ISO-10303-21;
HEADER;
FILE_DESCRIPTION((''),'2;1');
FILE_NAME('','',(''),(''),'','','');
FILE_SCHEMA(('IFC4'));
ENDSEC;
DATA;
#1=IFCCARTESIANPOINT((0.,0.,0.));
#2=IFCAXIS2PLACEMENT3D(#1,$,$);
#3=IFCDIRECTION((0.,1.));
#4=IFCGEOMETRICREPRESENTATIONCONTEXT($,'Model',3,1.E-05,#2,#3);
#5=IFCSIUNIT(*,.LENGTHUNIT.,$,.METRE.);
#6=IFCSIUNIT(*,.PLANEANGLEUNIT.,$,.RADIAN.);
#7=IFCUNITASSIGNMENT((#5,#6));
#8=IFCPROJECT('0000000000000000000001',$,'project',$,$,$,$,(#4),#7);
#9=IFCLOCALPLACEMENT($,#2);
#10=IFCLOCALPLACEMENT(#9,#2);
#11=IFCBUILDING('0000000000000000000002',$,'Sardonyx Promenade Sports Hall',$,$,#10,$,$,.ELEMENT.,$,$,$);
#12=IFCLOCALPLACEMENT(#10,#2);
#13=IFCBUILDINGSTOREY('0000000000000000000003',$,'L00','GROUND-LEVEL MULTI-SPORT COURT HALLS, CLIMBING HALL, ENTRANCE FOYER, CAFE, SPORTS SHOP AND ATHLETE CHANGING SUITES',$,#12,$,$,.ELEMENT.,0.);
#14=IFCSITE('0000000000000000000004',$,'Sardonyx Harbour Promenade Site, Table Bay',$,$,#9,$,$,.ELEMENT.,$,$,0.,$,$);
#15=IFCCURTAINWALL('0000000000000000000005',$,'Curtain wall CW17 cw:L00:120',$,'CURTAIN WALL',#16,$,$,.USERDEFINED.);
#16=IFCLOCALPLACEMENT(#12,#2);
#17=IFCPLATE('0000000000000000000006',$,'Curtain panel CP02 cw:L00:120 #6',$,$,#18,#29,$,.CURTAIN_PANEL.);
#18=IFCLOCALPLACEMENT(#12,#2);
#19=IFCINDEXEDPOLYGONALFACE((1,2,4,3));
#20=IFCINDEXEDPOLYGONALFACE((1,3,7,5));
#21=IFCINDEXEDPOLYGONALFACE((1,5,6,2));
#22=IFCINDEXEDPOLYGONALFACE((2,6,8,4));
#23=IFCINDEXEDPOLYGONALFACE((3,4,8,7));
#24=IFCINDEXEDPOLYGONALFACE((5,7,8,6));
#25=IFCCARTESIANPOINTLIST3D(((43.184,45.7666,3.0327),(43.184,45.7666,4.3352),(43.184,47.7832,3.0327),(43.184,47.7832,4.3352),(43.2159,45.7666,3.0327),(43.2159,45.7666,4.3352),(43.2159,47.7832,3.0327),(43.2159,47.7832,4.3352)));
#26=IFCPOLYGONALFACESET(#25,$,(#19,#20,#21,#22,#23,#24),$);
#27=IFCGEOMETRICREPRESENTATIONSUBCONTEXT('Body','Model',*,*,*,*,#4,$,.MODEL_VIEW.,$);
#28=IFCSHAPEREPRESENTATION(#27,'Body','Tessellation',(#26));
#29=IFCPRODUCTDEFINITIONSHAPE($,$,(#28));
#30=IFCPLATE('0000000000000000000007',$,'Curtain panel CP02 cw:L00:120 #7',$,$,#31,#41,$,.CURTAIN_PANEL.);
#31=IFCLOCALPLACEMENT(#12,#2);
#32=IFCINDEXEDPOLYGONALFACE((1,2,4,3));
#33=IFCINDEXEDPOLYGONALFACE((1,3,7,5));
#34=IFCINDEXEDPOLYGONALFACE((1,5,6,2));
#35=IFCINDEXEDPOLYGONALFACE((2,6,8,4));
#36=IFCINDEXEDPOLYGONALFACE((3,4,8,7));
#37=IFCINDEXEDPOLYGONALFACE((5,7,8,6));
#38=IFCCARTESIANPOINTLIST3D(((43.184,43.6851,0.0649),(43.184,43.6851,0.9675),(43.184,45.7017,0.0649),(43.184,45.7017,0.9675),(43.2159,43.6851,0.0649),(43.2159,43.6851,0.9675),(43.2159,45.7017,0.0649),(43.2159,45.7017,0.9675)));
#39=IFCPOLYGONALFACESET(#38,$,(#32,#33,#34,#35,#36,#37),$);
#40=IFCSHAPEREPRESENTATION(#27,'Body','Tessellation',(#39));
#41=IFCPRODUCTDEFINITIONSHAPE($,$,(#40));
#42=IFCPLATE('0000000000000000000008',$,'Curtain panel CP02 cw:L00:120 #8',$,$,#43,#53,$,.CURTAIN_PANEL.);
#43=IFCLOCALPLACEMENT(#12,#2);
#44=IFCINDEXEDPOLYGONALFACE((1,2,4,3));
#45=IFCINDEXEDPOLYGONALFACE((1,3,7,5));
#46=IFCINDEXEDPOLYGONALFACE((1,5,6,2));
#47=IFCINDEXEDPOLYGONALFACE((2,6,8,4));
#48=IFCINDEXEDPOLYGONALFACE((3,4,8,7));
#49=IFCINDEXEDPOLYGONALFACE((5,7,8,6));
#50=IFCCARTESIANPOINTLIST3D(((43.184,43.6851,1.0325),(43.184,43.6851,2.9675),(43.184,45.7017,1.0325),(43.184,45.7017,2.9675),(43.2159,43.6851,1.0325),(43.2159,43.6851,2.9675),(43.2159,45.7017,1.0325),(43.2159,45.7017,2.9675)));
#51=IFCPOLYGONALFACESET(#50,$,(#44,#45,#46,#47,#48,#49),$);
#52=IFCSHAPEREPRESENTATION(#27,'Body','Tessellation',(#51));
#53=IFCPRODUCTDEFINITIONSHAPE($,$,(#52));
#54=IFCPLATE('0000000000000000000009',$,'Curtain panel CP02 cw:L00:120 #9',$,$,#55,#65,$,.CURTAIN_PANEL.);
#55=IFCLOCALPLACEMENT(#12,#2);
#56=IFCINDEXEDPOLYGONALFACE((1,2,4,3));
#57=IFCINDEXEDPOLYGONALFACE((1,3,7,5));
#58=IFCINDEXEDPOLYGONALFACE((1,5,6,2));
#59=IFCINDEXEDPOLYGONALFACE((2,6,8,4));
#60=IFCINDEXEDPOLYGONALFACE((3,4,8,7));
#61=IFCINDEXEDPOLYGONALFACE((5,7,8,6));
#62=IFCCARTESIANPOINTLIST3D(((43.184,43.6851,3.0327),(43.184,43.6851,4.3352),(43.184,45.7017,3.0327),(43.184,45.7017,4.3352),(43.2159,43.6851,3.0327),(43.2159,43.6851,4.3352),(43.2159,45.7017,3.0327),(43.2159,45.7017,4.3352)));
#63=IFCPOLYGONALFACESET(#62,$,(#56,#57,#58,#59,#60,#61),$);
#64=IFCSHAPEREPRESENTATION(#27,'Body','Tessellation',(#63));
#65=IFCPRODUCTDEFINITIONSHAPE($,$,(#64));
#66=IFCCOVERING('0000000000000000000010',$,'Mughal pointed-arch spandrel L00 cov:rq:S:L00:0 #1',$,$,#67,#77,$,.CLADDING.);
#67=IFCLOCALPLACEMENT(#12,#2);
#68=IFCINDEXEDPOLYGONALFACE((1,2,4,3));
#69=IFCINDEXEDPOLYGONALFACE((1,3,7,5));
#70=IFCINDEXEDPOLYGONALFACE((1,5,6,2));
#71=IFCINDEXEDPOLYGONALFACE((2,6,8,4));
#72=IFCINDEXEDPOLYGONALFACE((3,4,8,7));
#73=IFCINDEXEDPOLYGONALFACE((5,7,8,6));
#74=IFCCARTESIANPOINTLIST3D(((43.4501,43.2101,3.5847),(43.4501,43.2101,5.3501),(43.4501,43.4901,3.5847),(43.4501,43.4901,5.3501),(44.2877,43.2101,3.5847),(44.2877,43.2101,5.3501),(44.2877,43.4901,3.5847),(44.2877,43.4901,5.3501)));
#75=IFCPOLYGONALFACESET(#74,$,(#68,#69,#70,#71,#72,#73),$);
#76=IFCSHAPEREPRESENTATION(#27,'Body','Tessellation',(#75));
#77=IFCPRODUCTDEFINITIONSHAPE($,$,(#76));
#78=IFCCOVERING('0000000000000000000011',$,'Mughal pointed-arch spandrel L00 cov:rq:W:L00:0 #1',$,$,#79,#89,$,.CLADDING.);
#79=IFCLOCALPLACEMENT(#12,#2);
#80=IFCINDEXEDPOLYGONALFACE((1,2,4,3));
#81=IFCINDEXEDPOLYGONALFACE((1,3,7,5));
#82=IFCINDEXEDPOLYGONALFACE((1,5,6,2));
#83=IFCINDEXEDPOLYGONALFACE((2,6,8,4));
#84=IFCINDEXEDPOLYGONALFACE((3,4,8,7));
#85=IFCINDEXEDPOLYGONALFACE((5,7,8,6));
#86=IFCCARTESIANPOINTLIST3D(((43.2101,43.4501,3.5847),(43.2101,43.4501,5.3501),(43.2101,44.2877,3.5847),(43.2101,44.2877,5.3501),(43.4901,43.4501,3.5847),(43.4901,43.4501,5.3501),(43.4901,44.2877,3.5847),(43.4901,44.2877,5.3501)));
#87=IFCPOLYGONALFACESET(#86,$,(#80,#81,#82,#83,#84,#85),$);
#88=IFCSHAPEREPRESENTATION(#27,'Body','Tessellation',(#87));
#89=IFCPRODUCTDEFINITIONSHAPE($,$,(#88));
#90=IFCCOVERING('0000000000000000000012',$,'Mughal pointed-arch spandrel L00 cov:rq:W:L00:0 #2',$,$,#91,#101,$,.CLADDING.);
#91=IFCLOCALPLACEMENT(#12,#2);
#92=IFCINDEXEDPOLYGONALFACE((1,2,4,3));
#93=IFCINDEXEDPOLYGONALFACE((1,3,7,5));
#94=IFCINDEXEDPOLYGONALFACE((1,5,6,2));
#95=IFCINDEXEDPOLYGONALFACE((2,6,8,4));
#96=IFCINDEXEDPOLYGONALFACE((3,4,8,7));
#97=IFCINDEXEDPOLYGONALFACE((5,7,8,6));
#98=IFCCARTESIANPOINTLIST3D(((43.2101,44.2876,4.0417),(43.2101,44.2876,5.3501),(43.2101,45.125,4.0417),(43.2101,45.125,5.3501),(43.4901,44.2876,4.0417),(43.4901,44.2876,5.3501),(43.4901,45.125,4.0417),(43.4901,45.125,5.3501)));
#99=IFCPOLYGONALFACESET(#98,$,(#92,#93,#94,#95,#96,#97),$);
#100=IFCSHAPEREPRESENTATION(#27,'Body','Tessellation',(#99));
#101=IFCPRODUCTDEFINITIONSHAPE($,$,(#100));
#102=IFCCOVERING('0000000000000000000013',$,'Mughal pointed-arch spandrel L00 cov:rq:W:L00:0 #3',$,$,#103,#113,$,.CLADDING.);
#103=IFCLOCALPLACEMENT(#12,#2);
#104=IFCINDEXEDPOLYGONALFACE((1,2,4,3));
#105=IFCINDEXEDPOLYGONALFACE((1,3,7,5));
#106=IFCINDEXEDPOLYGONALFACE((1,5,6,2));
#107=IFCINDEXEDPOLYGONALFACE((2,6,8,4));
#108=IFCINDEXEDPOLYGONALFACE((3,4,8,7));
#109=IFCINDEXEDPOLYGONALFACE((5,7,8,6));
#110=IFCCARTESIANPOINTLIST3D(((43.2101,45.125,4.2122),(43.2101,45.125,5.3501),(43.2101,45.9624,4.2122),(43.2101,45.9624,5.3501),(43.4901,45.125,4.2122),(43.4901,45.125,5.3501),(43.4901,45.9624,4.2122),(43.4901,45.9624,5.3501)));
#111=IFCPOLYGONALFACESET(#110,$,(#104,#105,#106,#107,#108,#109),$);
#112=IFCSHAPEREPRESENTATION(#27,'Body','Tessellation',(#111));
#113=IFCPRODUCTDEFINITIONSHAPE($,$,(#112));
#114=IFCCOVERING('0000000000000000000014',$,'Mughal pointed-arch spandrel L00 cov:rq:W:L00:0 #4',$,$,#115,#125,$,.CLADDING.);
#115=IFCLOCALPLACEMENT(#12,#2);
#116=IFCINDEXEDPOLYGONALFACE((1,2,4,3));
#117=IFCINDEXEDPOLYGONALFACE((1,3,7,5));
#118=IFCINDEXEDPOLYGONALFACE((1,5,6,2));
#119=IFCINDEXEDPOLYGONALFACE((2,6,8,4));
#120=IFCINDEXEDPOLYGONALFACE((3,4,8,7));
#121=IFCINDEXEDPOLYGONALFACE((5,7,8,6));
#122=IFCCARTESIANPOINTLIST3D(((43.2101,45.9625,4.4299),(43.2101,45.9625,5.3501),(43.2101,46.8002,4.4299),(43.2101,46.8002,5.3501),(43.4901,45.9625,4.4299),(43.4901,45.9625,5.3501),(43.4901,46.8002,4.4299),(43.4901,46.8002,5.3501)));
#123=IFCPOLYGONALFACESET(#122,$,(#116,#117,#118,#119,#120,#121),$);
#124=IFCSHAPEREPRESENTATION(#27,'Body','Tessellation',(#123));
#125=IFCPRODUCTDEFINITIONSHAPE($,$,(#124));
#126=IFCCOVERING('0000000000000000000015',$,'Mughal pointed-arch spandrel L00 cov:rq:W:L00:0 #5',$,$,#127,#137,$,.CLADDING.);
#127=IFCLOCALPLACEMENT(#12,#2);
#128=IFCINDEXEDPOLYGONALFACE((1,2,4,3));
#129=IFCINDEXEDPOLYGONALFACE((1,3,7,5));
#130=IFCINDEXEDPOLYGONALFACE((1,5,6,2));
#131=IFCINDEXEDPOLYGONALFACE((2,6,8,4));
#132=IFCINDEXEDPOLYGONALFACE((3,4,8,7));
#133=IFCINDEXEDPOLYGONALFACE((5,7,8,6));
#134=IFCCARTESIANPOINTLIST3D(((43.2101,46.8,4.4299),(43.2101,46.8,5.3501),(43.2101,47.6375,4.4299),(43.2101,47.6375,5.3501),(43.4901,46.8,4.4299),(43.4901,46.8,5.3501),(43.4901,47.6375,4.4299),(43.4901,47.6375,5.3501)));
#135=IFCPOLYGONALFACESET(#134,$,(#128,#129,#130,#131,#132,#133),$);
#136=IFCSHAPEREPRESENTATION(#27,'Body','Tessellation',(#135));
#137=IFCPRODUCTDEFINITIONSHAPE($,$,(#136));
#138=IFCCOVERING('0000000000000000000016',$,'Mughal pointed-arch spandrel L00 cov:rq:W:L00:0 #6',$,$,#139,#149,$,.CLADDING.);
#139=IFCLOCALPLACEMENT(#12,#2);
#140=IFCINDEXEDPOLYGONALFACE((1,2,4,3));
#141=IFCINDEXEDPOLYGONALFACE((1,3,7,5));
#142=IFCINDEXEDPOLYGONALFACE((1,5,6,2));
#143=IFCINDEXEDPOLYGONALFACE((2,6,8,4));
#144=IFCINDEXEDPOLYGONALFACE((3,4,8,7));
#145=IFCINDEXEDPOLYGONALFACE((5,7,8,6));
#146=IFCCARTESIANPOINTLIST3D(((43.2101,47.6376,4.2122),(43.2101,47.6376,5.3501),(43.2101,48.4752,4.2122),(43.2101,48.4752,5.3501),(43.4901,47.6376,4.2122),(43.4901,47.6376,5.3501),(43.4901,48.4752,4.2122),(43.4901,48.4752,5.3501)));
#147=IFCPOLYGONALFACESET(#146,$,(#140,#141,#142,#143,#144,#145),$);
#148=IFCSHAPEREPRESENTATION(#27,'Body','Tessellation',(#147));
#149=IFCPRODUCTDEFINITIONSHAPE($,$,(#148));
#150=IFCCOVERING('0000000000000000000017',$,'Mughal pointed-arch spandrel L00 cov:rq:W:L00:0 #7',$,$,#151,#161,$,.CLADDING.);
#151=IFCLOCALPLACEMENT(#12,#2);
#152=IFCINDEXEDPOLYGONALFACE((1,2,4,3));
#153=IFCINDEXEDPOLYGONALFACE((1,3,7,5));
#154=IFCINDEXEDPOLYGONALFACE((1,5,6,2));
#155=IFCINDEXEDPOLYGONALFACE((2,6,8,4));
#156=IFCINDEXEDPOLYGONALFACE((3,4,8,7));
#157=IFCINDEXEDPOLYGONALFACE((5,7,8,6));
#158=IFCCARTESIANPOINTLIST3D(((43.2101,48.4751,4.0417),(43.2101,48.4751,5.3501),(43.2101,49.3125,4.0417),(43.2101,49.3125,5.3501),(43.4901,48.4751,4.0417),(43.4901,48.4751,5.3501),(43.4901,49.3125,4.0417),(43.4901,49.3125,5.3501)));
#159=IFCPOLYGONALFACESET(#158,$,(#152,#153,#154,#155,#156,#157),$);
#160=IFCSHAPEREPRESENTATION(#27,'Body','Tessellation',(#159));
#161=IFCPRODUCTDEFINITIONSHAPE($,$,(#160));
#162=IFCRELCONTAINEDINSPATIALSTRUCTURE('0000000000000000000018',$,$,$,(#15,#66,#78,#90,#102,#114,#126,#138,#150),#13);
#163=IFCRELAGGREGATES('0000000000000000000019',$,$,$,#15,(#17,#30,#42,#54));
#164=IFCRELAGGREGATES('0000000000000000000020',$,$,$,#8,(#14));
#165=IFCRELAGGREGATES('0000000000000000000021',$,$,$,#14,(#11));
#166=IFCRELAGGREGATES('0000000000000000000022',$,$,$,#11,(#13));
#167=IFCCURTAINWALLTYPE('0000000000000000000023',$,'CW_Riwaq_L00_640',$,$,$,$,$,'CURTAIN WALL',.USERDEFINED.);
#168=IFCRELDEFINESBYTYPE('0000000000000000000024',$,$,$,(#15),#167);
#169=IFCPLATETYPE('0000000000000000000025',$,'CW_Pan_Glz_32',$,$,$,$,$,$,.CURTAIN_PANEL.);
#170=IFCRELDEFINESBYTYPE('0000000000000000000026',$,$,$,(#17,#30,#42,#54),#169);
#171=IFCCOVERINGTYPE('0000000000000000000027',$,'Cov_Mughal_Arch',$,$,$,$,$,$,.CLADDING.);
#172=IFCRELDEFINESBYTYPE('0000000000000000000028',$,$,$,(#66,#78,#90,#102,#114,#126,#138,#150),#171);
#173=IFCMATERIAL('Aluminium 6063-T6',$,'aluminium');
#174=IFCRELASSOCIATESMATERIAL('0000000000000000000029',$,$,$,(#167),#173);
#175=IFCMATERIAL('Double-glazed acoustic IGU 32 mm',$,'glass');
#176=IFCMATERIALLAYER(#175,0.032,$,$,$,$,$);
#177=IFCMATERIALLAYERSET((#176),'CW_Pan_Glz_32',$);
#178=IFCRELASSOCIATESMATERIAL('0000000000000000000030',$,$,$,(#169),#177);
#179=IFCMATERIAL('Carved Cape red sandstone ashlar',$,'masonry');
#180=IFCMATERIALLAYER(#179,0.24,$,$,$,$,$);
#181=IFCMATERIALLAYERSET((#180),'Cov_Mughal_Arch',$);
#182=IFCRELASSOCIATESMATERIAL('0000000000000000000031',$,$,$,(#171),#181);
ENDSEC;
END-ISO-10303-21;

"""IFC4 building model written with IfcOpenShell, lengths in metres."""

from ifc_helpers import new_model, si_unit, direction, frame, frame_2d, origin, origin_2d, place, context, subcontext, project, spatial, rectangle, extrude, material, layer, layer_set, type_object, element, aggregate, save


model = new_model("IFC4")

# Units and contexts
model_context = context("Model", 3, precision=1e-05, world=origin(), true_north=direction((0.0, 1.0)))
body_context = subcontext(model_context, "Body", "Model", "MODEL_VIEW")
ifc_project = project(units=[si_unit("LENGTHUNIT", "METRE"), si_unit("PLANEANGLEUNIT", "RADIAN")], contexts=[model_context])

# Site, building, storey
site_placement = place(None, origin())
site = spatial("IfcSite", under=ifc_project, at=site_placement, Name="Sardonyx Harbour Promenade Site, Table Bay", CompositionType="ELEMENT", RefElevation=0.0)
building_placement = place(site_placement, origin())
building = spatial("IfcBuilding", under=site, at=building_placement, Name="Sardonyx Promenade Sports Hall", CompositionType="ELEMENT")
storey_placement = place(building_placement, origin())
storey = spatial("IfcBuildingStorey", under=building, at=storey_placement, Name="L00", Description="GROUND-LEVEL MULTI-SPORT COURT HALLS, CLIMBING HALL, ENTRANCE FOYER, CAFE, SPORTS SHOP AND ATHLETE CHANGING SUITES", CompositionType="ELEMENT", Elevation=0.0)

# Curtain wall, plates
ifc_material_1 = material(Name="Aluminium 6063-T6", Category="aluminium")
curtain_wall_type = type_object("IfcCurtainWallType", Name="CW_Riwaq_L00_640", ElementType="CURTAIN WALL", PredefinedType="USERDEFINED", material=ifc_material_1)
curtain_wall_placement = place(storey_placement, origin())
curtain_wall = element("IfcCurtainWall", 1, at=curtain_wall_placement, inside=storey, type_object=curtain_wall_type, Name="Curtain wall CW17 cw:L00:120", ObjectType="CURTAIN WALL", PredefinedType="USERDEFINED")
ifc_material_2 = material(Name="Double-glazed acoustic IGU 32 mm", Category="glass")
ifc_layer_1 = layer(ifc_material_2, 0.032)
ifc_layer_set_1 = layer_set([ifc_layer_1], Name="CW_Pan_Glz_32")
plate_type = type_object("IfcPlateType", Name="CW_Pan_Glz_32", PredefinedType="CURTAIN_PANEL", material=ifc_layer_set_1)
plate_1_placement = place(storey_placement, frame((43.2, 46.7749, 3.0327), z_axis=(0.0, 0.0, 1.0), x_axis=(0.0, -1.0, 0.0)))
plate_1 = element("IfcPlate", 2, at=plate_1_placement, type_object=plate_type, Name="Curtain panel CP02 cw:L00:120 #6", PredefinedType="CURTAIN_PANEL", context=body_context, shape_type="SweptSolid", body=[
    extrude(rectangle(XDim=2.0166, YDim=0.032, at=origin_2d()), origin(), (0.0, 0.0, 1.0), 1.3025),
])
plate_2_placement = place(storey_placement, frame((43.2, 44.6934, 0.0649), z_axis=(0.0, 0.0, 1.0), x_axis=(0.0, -1.0, 0.0)))
plate_2 = element("IfcPlate", 3, at=plate_2_placement, type_object=plate_type, Name="Curtain panel CP02 cw:L00:120 #7", PredefinedType="CURTAIN_PANEL", context=body_context, shape_type="SweptSolid", body=[
    extrude(rectangle(XDim=2.0166, YDim=0.032, at=origin_2d()), origin(), (0.0, 0.0, 1.0), 0.9026),
])
plate_3_placement = place(storey_placement, frame((43.2, 44.6934, 1.0325), z_axis=(0.0, 0.0, 1.0), x_axis=(0.0, -1.0, 0.0)))
plate_3 = element("IfcPlate", 4, at=plate_3_placement, type_object=plate_type, Name="Curtain panel CP02 cw:L00:120 #8", PredefinedType="CURTAIN_PANEL", context=body_context, shape_type="SweptSolid", body=[
    extrude(rectangle(XDim=2.0166, YDim=0.032, at=origin_2d()), origin(), (0.0, 0.0, 1.0), 1.9351),
])
plate_4_placement = place(storey_placement, frame((43.2, 44.6934, 3.0327), z_axis=(0.0, 0.0, 1.0), x_axis=(0.0, -1.0, 0.0)))
plate_4 = element("IfcPlate", 5, at=plate_4_placement, type_object=plate_type, Name="Curtain panel CP02 cw:L00:120 #9", PredefinedType="CURTAIN_PANEL", context=body_context, shape_type="SweptSolid", body=[
    extrude(rectangle(XDim=2.0166, YDim=0.032, at=origin_2d()), origin(), (0.0, 0.0, 1.0), 1.3025),
])
aggregate(curtain_wall, [plate_1, plate_2, plate_3, plate_4])

# Coverings
ifc_material_3 = material(Name="Carved Cape red sandstone ashlar", Category="masonry")
ifc_layer_2 = layer(ifc_material_3, 0.24)
ifc_layer_set_2 = layer_set([ifc_layer_2], Name="Cov_Mughal_Arch")
covering_type = type_object("IfcCoveringType", Name="Cov_Mughal_Arch", PredefinedType="CLADDING", material=ifc_layer_set_2)
for number, where, z_axis, x_axis, name in (
    (6, (43.45, 43.3501, 3.5847), (0.0, 0.0, 1.0), (1.0, 0.0, 0.0), "Mughal pointed-arch spandrel L00 cov:rq:S:L00:0 #1"),
    (7, (43.3501, 43.45, 3.5847), (0.0, 0.0, 1.0), (0.0, 1.0, 0.0), "Mughal pointed-arch spandrel L00 cov:rq:W:L00:0 #1"),
):
    element("IfcCovering", number, at=place(storey_placement, frame(where, z_axis=z_axis, x_axis=x_axis)), inside=storey, type_object=covering_type, Name=name, PredefinedType="CLADDING", context=body_context, shape_type="SweptSolid", body=[
        extrude(rectangle(XDim=0.8376, YDim=0.28, at=frame_2d((0.4189, 0.0))), origin(), (0.0, 0.0, 1.0), 1.7654),
    ])
covering_1_placement = place(storey_placement, frame((43.3501, 44.2876, 4.0417), z_axis=(0.0, 0.0, 1.0), x_axis=(0.0, 1.0, 0.0)))
element("IfcCovering", 8, at=covering_1_placement, inside=storey, type_object=covering_type, Name="Mughal pointed-arch spandrel L00 cov:rq:W:L00:0 #2", PredefinedType="CLADDING", context=body_context, shape_type="SweptSolid", body=[
    extrude(rectangle(XDim=0.8374, YDim=0.28, at=frame_2d((0.4187, 0.0))), origin(), (0.0, 0.0, 1.0), 1.3083),
])
covering_2_placement = place(storey_placement, frame((43.3501, 45.125, 4.2122), z_axis=(0.0, 0.0, 1.0), x_axis=(0.0, 1.0, 0.0)))
element("IfcCovering", 9, at=covering_2_placement, inside=storey, type_object=covering_type, Name="Mughal pointed-arch spandrel L00 cov:rq:W:L00:0 #3", PredefinedType="CLADDING", context=body_context, shape_type="SweptSolid", body=[
    extrude(rectangle(XDim=0.8374, YDim=0.28, at=frame_2d((0.4187, 0.0))), origin(), (0.0, 0.0, 1.0), 1.1379),
])
covering_3_placement = place(storey_placement, frame((43.3501, 45.9624, 4.4299), z_axis=(0.0, 0.0, 1.0), x_axis=(0.0, 1.0, 0.0)))
element("IfcCovering", 10, at=covering_3_placement, inside=storey, type_object=covering_type, Name="Mughal pointed-arch spandrel L00 cov:rq:W:L00:0 #4", PredefinedType="CLADDING", context=body_context, shape_type="SweptSolid", body=[
    extrude(rectangle(XDim=0.8376, YDim=0.28, at=frame_2d((0.4189, 0.0))), origin(), (0.0, 0.0, 1.0), 0.9202),
])
covering_4_placement = place(storey_placement, frame((43.3501, 46.8, 4.4299), z_axis=(0.0, 0.0, 1.0), x_axis=(0.0, 1.0, 0.0)))
element("IfcCovering", 11, at=covering_4_placement, inside=storey, type_object=covering_type, Name="Mughal pointed-arch spandrel L00 cov:rq:W:L00:0 #5", PredefinedType="CLADDING", context=body_context, shape_type="SweptSolid", body=[
    extrude(rectangle(XDim=0.8374, YDim=0.28, at=frame_2d((0.4187, 0.0))), origin(), (0.0, 0.0, 1.0), 0.9202),
])
covering_5_placement = place(storey_placement, frame((43.3501, 47.6375, 4.2122), z_axis=(0.0, 0.0, 1.0), x_axis=(0.0, 1.0, 0.0)))
element("IfcCovering", 12, at=covering_5_placement, inside=storey, type_object=covering_type, Name="Mughal pointed-arch spandrel L00 cov:rq:W:L00:0 #6", PredefinedType="CLADDING", context=body_context, shape_type="SweptSolid", body=[
    extrude(rectangle(XDim=0.8376, YDim=0.28, at=frame_2d((0.4189, 0.0))), origin(), (0.0, 0.0, 1.0), 1.1379),
])
covering_6_placement = place(storey_placement, frame((43.3501, 48.4751, 4.0417), z_axis=(0.0, 0.0, 1.0), x_axis=(0.0, 1.0, 0.0)))
element("IfcCovering", 13, at=covering_6_placement, inside=storey, type_object=covering_type, Name="Mughal pointed-arch spandrel L00 cov:rq:W:L00:0 #7", PredefinedType="CLADDING", context=body_context, shape_type="SweptSolid", body=[
    extrude(rectangle(XDim=0.8374, YDim=0.28, at=frame_2d((0.4187, 0.0))), origin(), (0.0, 0.0, 1.0), 1.3083),
])

save(model, "model.ifc")
